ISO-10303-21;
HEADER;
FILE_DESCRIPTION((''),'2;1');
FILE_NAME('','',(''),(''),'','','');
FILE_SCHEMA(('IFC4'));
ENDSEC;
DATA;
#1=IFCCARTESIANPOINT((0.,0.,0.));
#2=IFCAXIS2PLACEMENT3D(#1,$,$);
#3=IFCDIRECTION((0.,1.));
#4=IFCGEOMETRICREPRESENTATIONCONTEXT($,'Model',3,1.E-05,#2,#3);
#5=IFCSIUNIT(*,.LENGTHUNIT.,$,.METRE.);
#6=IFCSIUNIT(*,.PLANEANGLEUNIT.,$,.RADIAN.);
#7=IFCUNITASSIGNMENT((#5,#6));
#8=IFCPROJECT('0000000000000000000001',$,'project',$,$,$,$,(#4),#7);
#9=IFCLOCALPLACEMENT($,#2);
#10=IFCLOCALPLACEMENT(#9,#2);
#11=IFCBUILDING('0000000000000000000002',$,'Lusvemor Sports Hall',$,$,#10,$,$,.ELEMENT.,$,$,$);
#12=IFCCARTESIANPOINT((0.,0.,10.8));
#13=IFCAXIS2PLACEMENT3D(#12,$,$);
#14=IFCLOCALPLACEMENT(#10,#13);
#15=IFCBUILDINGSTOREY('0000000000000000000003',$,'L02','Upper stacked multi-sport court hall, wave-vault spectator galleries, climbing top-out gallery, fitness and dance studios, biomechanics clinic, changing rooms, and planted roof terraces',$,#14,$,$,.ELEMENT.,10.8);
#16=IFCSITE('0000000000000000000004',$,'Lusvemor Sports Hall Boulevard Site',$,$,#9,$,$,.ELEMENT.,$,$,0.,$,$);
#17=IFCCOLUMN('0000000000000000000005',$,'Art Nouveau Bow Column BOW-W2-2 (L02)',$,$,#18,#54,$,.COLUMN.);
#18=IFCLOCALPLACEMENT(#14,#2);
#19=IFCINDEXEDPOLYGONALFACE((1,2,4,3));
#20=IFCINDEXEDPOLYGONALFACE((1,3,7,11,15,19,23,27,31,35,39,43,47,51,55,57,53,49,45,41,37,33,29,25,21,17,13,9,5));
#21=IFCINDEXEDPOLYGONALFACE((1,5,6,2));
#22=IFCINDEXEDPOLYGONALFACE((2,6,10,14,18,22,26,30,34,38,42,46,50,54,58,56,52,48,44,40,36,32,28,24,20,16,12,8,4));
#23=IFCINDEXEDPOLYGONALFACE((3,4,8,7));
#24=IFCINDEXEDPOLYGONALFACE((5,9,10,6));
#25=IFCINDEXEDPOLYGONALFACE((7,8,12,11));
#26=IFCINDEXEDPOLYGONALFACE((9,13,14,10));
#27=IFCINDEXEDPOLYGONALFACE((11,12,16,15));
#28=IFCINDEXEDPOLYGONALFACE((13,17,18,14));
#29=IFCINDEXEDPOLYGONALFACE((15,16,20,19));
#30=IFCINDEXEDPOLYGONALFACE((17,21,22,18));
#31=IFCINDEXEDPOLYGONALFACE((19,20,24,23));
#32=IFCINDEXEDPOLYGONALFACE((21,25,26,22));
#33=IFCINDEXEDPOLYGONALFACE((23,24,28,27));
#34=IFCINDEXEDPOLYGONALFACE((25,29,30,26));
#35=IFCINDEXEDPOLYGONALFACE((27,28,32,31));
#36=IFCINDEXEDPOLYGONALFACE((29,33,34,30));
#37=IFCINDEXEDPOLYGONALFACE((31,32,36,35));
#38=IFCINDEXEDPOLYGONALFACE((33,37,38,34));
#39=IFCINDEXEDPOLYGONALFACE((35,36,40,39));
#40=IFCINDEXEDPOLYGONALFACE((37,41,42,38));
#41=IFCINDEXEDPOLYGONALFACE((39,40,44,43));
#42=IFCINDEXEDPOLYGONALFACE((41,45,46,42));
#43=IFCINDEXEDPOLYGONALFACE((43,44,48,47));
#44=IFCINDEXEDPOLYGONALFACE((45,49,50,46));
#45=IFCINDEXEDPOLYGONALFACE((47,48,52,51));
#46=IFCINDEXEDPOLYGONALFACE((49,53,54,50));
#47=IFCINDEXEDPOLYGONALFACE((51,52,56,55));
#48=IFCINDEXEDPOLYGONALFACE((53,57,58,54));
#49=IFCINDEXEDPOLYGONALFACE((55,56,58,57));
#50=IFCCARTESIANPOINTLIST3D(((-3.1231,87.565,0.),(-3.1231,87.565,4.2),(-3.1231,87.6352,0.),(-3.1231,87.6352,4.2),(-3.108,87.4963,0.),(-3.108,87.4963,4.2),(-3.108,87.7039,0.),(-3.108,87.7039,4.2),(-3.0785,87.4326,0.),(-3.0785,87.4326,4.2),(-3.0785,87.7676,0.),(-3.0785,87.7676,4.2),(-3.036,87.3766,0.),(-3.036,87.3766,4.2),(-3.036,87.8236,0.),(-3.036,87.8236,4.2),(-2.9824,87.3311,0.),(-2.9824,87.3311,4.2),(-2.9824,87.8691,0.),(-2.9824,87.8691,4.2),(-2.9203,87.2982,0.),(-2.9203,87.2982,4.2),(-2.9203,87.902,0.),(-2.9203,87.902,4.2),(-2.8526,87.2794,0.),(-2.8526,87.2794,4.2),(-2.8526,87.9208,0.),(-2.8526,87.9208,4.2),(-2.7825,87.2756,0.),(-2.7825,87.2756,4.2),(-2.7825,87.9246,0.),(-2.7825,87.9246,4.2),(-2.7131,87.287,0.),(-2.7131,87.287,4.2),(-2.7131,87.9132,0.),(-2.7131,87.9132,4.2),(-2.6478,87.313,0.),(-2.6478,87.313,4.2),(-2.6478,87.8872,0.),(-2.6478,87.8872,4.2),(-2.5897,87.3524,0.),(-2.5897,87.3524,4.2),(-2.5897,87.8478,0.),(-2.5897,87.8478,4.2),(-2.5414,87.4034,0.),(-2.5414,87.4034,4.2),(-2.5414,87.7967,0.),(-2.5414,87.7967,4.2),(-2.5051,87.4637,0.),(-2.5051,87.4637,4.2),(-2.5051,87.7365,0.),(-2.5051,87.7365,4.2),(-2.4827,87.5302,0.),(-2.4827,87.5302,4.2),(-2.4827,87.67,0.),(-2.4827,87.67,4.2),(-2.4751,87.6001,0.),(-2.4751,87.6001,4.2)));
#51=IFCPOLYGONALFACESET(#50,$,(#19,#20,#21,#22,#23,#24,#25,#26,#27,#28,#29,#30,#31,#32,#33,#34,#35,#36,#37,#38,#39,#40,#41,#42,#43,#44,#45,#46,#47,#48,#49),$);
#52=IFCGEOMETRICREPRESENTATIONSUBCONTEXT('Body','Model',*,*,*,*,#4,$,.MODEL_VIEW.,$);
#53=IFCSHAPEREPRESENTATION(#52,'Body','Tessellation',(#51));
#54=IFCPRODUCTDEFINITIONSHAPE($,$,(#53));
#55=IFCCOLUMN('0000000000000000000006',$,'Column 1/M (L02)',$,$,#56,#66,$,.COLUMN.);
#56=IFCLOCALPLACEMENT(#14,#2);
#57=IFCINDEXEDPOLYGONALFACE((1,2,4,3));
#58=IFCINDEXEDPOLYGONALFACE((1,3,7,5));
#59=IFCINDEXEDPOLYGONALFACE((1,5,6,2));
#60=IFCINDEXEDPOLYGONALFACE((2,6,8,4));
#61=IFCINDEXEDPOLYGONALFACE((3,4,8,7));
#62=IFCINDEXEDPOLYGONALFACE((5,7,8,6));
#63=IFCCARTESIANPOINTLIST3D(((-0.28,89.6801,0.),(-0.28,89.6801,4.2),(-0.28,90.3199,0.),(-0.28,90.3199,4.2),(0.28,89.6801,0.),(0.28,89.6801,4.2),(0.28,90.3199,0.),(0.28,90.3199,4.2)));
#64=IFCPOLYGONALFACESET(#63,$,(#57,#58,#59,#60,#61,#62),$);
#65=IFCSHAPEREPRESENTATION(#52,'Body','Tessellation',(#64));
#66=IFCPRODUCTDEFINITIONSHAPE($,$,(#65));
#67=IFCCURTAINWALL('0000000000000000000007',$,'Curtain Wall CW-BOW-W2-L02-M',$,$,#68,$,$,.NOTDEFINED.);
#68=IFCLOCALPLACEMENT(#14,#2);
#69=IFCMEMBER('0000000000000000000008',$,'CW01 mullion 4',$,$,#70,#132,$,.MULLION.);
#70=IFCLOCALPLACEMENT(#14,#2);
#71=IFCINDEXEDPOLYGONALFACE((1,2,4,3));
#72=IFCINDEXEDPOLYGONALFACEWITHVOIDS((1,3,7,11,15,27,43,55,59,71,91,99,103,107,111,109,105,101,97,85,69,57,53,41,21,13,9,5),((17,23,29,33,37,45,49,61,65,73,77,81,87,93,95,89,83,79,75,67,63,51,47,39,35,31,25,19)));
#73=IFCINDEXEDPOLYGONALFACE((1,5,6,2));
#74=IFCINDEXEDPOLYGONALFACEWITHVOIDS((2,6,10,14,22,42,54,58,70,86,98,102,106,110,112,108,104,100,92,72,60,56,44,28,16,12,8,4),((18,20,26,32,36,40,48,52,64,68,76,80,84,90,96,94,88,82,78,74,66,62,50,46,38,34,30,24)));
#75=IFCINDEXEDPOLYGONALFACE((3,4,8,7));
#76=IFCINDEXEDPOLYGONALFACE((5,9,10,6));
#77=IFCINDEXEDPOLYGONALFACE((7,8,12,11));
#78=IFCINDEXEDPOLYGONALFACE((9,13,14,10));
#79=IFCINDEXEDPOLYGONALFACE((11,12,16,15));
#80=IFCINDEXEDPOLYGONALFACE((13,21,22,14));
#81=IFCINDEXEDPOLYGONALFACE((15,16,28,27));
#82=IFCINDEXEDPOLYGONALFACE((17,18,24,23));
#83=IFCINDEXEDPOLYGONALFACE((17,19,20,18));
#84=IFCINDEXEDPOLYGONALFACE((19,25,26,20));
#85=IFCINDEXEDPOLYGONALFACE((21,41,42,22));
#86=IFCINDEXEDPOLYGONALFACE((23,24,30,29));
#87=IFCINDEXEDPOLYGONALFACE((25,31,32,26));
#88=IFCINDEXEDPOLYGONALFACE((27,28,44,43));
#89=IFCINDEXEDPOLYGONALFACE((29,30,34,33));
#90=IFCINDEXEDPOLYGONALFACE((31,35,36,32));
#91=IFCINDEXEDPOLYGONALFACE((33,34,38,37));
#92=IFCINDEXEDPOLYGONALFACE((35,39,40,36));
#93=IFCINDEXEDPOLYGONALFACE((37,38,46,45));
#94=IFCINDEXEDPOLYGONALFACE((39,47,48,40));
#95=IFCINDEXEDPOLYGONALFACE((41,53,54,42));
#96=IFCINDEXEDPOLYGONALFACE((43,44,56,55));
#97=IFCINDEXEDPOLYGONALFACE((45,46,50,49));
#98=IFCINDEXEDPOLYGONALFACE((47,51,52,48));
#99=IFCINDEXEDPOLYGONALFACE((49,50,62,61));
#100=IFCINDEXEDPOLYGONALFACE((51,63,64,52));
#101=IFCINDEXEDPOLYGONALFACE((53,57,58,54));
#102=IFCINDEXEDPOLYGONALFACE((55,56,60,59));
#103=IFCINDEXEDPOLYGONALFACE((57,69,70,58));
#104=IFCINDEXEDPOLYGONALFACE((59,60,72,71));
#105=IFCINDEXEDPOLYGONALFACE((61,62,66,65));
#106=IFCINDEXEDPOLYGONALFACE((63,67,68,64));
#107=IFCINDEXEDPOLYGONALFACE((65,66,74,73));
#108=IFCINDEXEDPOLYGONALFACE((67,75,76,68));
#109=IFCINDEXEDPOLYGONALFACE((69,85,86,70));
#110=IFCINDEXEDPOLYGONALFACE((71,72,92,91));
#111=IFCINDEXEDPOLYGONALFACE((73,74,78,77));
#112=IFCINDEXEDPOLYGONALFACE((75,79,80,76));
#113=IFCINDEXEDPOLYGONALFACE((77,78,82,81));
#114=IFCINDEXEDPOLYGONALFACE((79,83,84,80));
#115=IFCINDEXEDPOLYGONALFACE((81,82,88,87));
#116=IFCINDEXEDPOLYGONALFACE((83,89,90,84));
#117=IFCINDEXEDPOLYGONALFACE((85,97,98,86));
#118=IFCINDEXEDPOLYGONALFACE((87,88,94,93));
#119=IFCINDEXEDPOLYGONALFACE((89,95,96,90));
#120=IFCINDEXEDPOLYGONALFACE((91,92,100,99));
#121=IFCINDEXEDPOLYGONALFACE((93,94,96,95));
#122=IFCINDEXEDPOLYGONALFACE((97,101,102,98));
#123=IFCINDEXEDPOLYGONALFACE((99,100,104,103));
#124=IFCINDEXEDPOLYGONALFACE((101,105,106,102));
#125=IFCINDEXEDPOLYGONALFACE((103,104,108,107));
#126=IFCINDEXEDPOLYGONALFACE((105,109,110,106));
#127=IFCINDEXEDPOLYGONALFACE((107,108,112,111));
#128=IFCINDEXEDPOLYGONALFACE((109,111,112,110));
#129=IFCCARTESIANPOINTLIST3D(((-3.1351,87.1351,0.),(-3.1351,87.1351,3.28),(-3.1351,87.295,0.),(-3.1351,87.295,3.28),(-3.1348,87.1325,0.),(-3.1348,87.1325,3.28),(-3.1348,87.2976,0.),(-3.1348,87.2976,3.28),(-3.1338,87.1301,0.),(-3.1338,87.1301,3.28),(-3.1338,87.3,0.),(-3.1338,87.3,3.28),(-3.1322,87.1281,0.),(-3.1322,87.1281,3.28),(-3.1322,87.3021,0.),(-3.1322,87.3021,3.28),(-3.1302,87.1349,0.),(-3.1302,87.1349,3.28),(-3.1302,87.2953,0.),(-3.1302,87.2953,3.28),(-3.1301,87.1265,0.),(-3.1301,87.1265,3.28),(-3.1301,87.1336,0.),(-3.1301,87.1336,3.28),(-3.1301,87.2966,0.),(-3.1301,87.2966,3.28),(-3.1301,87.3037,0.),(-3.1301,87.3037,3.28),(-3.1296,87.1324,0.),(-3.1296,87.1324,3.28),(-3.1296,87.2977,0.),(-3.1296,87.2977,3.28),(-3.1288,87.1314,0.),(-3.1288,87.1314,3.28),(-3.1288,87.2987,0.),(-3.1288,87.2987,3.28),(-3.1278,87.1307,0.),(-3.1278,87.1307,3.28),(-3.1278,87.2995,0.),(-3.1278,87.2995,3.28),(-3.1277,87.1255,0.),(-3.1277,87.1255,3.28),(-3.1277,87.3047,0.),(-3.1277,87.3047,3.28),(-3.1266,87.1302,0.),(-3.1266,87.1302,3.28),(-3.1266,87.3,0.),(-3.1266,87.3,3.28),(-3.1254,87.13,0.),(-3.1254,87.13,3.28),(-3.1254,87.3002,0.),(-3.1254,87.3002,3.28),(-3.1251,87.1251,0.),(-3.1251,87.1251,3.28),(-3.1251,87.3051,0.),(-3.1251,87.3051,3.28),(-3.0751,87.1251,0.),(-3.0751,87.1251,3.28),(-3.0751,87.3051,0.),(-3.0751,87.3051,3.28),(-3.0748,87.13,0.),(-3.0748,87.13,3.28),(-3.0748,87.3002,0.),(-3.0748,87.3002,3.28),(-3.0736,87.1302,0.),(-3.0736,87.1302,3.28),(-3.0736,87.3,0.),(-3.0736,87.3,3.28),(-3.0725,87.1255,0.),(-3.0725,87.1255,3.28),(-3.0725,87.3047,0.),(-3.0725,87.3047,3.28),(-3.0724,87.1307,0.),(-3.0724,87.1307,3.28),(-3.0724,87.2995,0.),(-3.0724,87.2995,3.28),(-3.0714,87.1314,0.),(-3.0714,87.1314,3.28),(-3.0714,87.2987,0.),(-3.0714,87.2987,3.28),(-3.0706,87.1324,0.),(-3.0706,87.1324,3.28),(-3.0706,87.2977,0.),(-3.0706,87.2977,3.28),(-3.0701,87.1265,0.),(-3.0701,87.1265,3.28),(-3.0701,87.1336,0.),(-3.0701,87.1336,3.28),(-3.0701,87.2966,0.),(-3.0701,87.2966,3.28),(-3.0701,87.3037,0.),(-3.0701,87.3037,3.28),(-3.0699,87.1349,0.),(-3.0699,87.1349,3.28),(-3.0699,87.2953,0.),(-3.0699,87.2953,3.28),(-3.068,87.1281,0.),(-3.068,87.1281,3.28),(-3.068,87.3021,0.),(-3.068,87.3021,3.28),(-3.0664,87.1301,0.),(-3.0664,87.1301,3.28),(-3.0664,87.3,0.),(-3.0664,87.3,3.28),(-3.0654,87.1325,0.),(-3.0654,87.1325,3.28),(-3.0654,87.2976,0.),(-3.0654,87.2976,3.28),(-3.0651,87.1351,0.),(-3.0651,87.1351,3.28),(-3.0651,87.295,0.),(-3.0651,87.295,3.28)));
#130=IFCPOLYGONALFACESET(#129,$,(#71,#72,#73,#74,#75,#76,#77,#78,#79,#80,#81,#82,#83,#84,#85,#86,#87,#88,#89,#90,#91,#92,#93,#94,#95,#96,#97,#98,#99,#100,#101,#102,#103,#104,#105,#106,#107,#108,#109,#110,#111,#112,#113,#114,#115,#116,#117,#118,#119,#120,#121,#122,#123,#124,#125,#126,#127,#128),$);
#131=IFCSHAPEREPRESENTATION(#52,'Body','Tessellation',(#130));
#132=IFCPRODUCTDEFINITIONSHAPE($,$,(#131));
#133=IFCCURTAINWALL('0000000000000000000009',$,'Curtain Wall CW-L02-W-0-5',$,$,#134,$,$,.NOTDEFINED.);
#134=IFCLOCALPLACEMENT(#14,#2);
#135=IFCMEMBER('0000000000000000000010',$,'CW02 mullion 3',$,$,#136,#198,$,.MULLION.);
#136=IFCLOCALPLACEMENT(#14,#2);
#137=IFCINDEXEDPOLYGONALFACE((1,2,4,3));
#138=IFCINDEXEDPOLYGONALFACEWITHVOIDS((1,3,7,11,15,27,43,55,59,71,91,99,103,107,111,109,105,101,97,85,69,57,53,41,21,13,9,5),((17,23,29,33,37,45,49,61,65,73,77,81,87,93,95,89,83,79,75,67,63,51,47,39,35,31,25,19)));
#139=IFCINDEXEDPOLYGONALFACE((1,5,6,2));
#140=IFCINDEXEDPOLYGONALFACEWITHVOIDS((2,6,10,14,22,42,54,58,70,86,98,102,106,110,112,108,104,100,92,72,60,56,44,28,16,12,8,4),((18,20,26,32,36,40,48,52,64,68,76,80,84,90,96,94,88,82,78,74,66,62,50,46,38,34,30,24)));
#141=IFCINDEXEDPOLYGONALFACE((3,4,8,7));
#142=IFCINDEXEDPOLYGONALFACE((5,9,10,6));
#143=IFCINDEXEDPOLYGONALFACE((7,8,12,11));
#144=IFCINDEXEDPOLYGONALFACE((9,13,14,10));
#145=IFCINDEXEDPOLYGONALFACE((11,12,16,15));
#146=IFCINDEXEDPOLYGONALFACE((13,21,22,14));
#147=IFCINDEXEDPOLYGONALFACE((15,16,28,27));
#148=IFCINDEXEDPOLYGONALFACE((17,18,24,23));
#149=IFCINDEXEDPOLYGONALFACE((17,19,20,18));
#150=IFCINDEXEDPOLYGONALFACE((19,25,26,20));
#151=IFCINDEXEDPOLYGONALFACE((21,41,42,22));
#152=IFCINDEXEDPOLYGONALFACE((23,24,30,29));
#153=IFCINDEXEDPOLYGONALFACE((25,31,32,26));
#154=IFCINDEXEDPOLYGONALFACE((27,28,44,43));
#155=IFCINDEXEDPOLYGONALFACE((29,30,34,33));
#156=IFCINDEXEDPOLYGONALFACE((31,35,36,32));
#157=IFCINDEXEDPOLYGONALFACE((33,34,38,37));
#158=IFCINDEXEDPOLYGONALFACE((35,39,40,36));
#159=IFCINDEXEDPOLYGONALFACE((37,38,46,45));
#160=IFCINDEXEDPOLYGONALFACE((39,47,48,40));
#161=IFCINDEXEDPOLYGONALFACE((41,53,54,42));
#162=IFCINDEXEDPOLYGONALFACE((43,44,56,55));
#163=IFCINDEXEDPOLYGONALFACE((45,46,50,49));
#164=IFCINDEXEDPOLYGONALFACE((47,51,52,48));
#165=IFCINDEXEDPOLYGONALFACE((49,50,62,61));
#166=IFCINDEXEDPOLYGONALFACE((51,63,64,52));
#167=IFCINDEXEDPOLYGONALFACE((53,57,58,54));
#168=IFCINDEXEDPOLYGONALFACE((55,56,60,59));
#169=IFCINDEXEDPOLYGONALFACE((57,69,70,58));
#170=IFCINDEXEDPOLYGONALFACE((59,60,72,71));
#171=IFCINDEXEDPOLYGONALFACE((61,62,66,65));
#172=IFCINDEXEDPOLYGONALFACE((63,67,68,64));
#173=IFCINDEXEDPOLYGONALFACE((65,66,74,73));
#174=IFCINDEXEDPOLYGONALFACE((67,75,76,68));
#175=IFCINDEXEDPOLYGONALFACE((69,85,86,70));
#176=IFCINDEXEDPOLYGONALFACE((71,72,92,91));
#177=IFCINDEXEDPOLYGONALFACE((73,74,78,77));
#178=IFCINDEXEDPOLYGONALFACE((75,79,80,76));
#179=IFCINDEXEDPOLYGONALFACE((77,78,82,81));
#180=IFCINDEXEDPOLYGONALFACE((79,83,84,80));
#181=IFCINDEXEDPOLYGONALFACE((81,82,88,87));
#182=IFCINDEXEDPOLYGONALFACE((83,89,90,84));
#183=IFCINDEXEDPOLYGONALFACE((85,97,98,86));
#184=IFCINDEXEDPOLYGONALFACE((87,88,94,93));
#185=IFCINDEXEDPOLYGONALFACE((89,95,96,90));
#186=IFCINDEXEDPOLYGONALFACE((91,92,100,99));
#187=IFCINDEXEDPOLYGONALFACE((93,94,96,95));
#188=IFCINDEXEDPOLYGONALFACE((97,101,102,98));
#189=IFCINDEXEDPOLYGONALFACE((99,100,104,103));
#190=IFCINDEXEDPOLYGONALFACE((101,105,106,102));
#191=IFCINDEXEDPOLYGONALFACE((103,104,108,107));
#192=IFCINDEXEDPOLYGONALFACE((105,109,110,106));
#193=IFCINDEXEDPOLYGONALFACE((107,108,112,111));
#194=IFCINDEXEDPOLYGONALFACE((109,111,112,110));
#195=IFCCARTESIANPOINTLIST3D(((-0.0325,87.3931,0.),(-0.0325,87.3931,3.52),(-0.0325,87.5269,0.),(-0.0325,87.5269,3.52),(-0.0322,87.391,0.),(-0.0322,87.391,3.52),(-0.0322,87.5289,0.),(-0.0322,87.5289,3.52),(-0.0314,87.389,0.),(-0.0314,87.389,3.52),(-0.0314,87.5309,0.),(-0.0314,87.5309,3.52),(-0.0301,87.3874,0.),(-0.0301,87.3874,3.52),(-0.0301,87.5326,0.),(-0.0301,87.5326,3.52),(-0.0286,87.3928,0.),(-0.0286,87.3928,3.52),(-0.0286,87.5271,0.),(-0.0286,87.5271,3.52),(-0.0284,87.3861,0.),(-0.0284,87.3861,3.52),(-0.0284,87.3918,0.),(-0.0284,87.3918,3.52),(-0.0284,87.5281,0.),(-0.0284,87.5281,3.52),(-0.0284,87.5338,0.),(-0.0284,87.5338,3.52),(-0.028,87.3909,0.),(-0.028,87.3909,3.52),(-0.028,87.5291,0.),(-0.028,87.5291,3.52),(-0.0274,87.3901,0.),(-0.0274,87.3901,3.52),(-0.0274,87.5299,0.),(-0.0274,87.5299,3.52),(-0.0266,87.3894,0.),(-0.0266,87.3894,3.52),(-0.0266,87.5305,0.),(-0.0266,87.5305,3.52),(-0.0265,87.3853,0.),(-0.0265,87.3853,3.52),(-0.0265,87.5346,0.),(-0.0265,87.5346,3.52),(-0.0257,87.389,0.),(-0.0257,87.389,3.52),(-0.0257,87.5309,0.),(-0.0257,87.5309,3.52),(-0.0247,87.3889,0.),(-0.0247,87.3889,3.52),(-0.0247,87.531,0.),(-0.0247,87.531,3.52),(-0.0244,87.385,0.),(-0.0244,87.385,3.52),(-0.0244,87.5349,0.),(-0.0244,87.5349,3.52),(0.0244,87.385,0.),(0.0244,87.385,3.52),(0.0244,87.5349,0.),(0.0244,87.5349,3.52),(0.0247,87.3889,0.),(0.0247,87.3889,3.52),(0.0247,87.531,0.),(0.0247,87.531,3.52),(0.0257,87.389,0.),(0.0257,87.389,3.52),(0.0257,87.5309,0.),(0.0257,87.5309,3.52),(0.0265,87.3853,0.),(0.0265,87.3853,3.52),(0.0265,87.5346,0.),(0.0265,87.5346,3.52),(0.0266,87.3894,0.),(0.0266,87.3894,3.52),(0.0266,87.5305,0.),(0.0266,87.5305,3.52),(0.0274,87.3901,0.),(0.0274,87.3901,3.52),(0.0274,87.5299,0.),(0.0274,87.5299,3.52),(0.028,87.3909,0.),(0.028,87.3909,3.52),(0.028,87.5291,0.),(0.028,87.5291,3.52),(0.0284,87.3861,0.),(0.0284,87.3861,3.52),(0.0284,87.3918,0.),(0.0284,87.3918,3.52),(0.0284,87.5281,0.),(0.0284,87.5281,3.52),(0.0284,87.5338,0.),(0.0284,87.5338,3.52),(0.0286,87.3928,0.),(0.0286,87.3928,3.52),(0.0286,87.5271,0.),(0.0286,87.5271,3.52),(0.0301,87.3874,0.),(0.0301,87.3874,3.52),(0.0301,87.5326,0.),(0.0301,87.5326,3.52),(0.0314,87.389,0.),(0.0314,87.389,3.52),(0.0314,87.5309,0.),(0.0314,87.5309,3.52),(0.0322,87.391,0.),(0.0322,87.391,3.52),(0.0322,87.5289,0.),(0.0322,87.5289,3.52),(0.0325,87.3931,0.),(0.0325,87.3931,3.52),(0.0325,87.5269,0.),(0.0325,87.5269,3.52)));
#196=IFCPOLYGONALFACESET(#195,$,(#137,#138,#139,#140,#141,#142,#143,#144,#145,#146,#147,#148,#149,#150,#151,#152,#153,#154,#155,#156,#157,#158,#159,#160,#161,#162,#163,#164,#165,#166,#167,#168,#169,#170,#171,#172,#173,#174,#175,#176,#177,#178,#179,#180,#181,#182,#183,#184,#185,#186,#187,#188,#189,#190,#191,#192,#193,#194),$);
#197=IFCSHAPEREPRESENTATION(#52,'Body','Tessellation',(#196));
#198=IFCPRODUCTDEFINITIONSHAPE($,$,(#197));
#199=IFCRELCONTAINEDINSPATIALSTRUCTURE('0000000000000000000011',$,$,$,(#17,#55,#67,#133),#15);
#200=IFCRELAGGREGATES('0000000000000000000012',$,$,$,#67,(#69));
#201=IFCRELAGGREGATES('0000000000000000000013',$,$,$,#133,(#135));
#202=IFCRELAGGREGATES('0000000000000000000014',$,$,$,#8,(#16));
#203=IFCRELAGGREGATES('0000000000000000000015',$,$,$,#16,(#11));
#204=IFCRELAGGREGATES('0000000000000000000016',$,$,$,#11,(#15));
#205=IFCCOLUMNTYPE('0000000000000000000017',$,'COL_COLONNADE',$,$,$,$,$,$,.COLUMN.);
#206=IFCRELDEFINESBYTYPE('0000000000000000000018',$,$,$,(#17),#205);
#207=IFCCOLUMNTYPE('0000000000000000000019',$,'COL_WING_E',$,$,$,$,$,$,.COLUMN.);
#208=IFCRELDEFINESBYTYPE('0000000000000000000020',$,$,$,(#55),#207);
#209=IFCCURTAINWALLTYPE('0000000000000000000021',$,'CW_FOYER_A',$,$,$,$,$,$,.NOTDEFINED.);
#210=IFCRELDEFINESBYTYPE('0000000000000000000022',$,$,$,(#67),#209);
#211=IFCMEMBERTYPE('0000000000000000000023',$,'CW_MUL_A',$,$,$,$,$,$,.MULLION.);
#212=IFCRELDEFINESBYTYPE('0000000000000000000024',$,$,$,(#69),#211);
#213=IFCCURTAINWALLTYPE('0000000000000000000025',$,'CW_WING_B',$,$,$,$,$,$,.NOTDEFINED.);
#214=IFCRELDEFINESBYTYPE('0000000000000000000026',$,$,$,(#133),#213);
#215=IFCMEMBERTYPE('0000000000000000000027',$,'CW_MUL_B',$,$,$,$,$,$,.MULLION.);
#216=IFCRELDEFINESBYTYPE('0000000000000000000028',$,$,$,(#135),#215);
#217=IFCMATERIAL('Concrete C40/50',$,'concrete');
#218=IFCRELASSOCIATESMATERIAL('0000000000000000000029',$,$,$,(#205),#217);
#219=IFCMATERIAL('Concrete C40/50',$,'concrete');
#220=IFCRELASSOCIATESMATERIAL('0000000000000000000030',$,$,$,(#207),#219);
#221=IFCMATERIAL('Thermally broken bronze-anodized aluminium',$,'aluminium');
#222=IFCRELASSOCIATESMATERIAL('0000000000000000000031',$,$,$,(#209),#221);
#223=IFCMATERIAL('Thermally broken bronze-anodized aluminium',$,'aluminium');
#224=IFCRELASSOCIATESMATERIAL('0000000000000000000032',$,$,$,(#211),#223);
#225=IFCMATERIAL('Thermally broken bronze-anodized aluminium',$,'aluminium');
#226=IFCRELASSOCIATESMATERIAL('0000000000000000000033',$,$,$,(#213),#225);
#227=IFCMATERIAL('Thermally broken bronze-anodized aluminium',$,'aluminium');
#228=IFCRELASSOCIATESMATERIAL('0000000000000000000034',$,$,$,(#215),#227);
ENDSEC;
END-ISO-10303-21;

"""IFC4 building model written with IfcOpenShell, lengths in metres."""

from ifc_helpers import new_model, si_unit, direction, frame, origin, origin_2d, place, context, subcontext, project, spatial, rectangle, hollow_rectangle, circle, extrude, material, material_profile, profile_set, type_object, element, aggregate, save


model = new_model("IFC4")

# Units and contexts
model_context = context("Model", 3, precision=1e-05, world=origin(), true_north=direction((0.0, 1.0)))
body_context = subcontext(model_context, "Body", "Model", "MODEL_VIEW")
ifc_project = project(units=[si_unit("LENGTHUNIT", "METRE"), si_unit("PLANEANGLEUNIT", "RADIAN")], contexts=[model_context])

# Site, building, storey
site_placement = place(None, origin())
site = spatial("IfcSite", under=ifc_project, at=site_placement, Name="Lusvemor Sports Hall Boulevard Site", CompositionType="ELEMENT", RefElevation=0.0)
building_placement = place(site_placement, origin())
building = spatial("IfcBuilding", under=site, at=building_placement, Name="Lusvemor Sports Hall", CompositionType="ELEMENT")
storey_placement = place(building_placement, frame((0.0, 0.0, 10.8)))
storey = spatial("IfcBuildingStorey", under=building, at=storey_placement, Name="L02", Description="Upper stacked multi-sport court hall, wave-vault spectator galleries, climbing top-out gallery, fitness and dance studios, biomechanics clinic, changing rooms, and planted roof terraces", CompositionType="ELEMENT", Elevation=10.8)

# Columns
ifc_material_1 = material(Name="Concrete C40/50", Category="concrete")
ifc_material_profile_1 = material_profile(ifc_material_1, circle(Radius=0.325, at=origin_2d()), Name="RCCIRC650")
ifc_profile_set_1 = profile_set([ifc_material_profile_1], Name="Concrete C40/50")
column_type_1 = type_object("IfcColumnType", Name="COL_COLONNADE", PredefinedType="COLUMN", material=ifc_profile_set_1)
column_1_placement = place(storey_placement, frame((-2.8, 87.6001, 0.0), z_axis=(0.0, 0.0, 1.0), x_axis=(1.0, 0.0, 0.0)))
element("IfcColumn", 1, at=column_1_placement, inside=storey, type_object=column_type_1, Name="Art Nouveau Bow Column BOW-W2-2 (L02)", PredefinedType="COLUMN", context=body_context, shape_type="SweptSolid", body=[
    extrude(circle(Radius=0.325, at=origin_2d()), origin(), (0.0, 0.0, 1.0), 4.2),
])
ifc_material_2 = material(Name="Concrete C40/50", Category="concrete")
ifc_material_profile_2 = material_profile(ifc_material_2, rectangle(XDim=0.5601, YDim=0.6399, at=origin_2d()), Name="RC560x640")
ifc_profile_set_2 = profile_set([ifc_material_profile_2], Name="Concrete C40/50")
column_type_2 = type_object("IfcColumnType", Name="COL_WING_E", PredefinedType="COLUMN", material=ifc_profile_set_2)
column_2_placement = place(storey_placement, frame((0.0, 90.0, 0.0), z_axis=(0.0, 0.0, 1.0), x_axis=(1.0, 0.0, 0.0)))
element("IfcColumn", 2, at=column_2_placement, inside=storey, type_object=column_type_2, Name="Column 1/M (L02)", PredefinedType="COLUMN", context=body_context, shape_type="SweptSolid", body=[
    extrude(rectangle(XDim=0.5601, YDim=0.6399, at=origin_2d()), origin(), (0.0, 0.0, 1.0), 4.2),
])

# Curtain wall, member
ifc_material_3 = material(Name="Thermally broken bronze-anodized aluminium", Category="aluminium")
curtain_wall_type_1 = type_object("IfcCurtainWallType", Name="CW_FOYER_A", PredefinedType="NOTDEFINED", material=ifc_material_3)
curtain_wall_1_placement = place(storey_placement, origin())
curtain_wall_1 = element("IfcCurtainWall", 3, at=curtain_wall_1_placement, inside=storey, type_object=curtain_wall_type_1, Name="Curtain Wall CW-BOW-W2-L02-M", PredefinedType="NOTDEFINED")
ifc_material_4 = material(Name="Thermally broken bronze-anodized aluminium", Category="aluminium")
ifc_material_profile_3 = material_profile(ifc_material_4, hollow_rectangle(XDim=0.0701, YDim=0.1799, WallThickness=0.0049, InnerFilletRadius=0.0049, OuterFilletRadius=0.01, at=origin_2d()), Name="CWMUL180x70x5")
ifc_profile_set_3 = profile_set([ifc_material_profile_3], Name="Thermally broken bronze-anodized aluminium")
member_type_1 = type_object("IfcMemberType", Name="CW_MUL_A", PredefinedType="MULLION", material=ifc_profile_set_3)
member_1_placement = place(storey_placement, frame((-3.1001, 87.2151, 0.0), z_axis=(0.0, 0.0, 1.0), x_axis=(-1.0, 0.0, 0.0)))
member_1 = element("IfcMember", 4, at=member_1_placement, type_object=member_type_1, Name="CW01 mullion 4", PredefinedType="MULLION", context=body_context, shape_type="SweptSolid", body=[
    extrude(hollow_rectangle(XDim=0.0701, YDim=0.1799, WallThickness=0.0049, InnerFilletRadius=0.0049, OuterFilletRadius=0.01, at=origin_2d()), origin(), (0.0, 0.0, 1.0), 3.28),
])

# Curtain wall, member
ifc_material_5 = material(Name="Thermally broken bronze-anodized aluminium", Category="aluminium")
curtain_wall_type_2 = type_object("IfcCurtainWallType", Name="CW_WING_B", PredefinedType="NOTDEFINED", material=ifc_material_5)
curtain_wall_2_placement = place(storey_placement, origin())
curtain_wall_2 = element("IfcCurtainWall", 5, at=curtain_wall_2_placement, inside=storey, type_object=curtain_wall_type_2, Name="Curtain Wall CW-L02-W-0-5", PredefinedType="NOTDEFINED")
ifc_material_6 = material(Name="Thermally broken bronze-anodized aluminium", Category="aluminium")
ifc_material_profile_4 = material_profile(ifc_material_6, hollow_rectangle(XDim=0.0649, YDim=0.1499, WallThickness=0.0039, InnerFilletRadius=0.0039, OuterFilletRadius=0.0081, at=origin_2d()), Name="CWMUL150x65x4")
ifc_profile_set_4 = profile_set([ifc_material_profile_4], Name="Thermally broken bronze-anodized aluminium")
member_type_2 = type_object("IfcMemberType", Name="CW_MUL_B", PredefinedType="MULLION", material=ifc_profile_set_4)
member_2_placement = place(storey_placement, frame((0.0, 87.46, 0.0), z_axis=(0.0, 0.0, 1.0), x_axis=(-1.0, 0.0, 0.0)))
member_2 = element("IfcMember", 6, at=member_2_placement, type_object=member_type_2, Name="CW02 mullion 3", PredefinedType="MULLION", context=body_context, shape_type="SweptSolid", body=[
    extrude(hollow_rectangle(XDim=0.0649, YDim=0.1499, WallThickness=0.0039, InnerFilletRadius=0.0039, OuterFilletRadius=0.0081, at=origin_2d()), origin(), (0.0, 0.0, 1.0), 3.52),
])

aggregate(curtain_wall_1, [member_1])
aggregate(curtain_wall_2, [member_2])

save(model, "model.ifc")
